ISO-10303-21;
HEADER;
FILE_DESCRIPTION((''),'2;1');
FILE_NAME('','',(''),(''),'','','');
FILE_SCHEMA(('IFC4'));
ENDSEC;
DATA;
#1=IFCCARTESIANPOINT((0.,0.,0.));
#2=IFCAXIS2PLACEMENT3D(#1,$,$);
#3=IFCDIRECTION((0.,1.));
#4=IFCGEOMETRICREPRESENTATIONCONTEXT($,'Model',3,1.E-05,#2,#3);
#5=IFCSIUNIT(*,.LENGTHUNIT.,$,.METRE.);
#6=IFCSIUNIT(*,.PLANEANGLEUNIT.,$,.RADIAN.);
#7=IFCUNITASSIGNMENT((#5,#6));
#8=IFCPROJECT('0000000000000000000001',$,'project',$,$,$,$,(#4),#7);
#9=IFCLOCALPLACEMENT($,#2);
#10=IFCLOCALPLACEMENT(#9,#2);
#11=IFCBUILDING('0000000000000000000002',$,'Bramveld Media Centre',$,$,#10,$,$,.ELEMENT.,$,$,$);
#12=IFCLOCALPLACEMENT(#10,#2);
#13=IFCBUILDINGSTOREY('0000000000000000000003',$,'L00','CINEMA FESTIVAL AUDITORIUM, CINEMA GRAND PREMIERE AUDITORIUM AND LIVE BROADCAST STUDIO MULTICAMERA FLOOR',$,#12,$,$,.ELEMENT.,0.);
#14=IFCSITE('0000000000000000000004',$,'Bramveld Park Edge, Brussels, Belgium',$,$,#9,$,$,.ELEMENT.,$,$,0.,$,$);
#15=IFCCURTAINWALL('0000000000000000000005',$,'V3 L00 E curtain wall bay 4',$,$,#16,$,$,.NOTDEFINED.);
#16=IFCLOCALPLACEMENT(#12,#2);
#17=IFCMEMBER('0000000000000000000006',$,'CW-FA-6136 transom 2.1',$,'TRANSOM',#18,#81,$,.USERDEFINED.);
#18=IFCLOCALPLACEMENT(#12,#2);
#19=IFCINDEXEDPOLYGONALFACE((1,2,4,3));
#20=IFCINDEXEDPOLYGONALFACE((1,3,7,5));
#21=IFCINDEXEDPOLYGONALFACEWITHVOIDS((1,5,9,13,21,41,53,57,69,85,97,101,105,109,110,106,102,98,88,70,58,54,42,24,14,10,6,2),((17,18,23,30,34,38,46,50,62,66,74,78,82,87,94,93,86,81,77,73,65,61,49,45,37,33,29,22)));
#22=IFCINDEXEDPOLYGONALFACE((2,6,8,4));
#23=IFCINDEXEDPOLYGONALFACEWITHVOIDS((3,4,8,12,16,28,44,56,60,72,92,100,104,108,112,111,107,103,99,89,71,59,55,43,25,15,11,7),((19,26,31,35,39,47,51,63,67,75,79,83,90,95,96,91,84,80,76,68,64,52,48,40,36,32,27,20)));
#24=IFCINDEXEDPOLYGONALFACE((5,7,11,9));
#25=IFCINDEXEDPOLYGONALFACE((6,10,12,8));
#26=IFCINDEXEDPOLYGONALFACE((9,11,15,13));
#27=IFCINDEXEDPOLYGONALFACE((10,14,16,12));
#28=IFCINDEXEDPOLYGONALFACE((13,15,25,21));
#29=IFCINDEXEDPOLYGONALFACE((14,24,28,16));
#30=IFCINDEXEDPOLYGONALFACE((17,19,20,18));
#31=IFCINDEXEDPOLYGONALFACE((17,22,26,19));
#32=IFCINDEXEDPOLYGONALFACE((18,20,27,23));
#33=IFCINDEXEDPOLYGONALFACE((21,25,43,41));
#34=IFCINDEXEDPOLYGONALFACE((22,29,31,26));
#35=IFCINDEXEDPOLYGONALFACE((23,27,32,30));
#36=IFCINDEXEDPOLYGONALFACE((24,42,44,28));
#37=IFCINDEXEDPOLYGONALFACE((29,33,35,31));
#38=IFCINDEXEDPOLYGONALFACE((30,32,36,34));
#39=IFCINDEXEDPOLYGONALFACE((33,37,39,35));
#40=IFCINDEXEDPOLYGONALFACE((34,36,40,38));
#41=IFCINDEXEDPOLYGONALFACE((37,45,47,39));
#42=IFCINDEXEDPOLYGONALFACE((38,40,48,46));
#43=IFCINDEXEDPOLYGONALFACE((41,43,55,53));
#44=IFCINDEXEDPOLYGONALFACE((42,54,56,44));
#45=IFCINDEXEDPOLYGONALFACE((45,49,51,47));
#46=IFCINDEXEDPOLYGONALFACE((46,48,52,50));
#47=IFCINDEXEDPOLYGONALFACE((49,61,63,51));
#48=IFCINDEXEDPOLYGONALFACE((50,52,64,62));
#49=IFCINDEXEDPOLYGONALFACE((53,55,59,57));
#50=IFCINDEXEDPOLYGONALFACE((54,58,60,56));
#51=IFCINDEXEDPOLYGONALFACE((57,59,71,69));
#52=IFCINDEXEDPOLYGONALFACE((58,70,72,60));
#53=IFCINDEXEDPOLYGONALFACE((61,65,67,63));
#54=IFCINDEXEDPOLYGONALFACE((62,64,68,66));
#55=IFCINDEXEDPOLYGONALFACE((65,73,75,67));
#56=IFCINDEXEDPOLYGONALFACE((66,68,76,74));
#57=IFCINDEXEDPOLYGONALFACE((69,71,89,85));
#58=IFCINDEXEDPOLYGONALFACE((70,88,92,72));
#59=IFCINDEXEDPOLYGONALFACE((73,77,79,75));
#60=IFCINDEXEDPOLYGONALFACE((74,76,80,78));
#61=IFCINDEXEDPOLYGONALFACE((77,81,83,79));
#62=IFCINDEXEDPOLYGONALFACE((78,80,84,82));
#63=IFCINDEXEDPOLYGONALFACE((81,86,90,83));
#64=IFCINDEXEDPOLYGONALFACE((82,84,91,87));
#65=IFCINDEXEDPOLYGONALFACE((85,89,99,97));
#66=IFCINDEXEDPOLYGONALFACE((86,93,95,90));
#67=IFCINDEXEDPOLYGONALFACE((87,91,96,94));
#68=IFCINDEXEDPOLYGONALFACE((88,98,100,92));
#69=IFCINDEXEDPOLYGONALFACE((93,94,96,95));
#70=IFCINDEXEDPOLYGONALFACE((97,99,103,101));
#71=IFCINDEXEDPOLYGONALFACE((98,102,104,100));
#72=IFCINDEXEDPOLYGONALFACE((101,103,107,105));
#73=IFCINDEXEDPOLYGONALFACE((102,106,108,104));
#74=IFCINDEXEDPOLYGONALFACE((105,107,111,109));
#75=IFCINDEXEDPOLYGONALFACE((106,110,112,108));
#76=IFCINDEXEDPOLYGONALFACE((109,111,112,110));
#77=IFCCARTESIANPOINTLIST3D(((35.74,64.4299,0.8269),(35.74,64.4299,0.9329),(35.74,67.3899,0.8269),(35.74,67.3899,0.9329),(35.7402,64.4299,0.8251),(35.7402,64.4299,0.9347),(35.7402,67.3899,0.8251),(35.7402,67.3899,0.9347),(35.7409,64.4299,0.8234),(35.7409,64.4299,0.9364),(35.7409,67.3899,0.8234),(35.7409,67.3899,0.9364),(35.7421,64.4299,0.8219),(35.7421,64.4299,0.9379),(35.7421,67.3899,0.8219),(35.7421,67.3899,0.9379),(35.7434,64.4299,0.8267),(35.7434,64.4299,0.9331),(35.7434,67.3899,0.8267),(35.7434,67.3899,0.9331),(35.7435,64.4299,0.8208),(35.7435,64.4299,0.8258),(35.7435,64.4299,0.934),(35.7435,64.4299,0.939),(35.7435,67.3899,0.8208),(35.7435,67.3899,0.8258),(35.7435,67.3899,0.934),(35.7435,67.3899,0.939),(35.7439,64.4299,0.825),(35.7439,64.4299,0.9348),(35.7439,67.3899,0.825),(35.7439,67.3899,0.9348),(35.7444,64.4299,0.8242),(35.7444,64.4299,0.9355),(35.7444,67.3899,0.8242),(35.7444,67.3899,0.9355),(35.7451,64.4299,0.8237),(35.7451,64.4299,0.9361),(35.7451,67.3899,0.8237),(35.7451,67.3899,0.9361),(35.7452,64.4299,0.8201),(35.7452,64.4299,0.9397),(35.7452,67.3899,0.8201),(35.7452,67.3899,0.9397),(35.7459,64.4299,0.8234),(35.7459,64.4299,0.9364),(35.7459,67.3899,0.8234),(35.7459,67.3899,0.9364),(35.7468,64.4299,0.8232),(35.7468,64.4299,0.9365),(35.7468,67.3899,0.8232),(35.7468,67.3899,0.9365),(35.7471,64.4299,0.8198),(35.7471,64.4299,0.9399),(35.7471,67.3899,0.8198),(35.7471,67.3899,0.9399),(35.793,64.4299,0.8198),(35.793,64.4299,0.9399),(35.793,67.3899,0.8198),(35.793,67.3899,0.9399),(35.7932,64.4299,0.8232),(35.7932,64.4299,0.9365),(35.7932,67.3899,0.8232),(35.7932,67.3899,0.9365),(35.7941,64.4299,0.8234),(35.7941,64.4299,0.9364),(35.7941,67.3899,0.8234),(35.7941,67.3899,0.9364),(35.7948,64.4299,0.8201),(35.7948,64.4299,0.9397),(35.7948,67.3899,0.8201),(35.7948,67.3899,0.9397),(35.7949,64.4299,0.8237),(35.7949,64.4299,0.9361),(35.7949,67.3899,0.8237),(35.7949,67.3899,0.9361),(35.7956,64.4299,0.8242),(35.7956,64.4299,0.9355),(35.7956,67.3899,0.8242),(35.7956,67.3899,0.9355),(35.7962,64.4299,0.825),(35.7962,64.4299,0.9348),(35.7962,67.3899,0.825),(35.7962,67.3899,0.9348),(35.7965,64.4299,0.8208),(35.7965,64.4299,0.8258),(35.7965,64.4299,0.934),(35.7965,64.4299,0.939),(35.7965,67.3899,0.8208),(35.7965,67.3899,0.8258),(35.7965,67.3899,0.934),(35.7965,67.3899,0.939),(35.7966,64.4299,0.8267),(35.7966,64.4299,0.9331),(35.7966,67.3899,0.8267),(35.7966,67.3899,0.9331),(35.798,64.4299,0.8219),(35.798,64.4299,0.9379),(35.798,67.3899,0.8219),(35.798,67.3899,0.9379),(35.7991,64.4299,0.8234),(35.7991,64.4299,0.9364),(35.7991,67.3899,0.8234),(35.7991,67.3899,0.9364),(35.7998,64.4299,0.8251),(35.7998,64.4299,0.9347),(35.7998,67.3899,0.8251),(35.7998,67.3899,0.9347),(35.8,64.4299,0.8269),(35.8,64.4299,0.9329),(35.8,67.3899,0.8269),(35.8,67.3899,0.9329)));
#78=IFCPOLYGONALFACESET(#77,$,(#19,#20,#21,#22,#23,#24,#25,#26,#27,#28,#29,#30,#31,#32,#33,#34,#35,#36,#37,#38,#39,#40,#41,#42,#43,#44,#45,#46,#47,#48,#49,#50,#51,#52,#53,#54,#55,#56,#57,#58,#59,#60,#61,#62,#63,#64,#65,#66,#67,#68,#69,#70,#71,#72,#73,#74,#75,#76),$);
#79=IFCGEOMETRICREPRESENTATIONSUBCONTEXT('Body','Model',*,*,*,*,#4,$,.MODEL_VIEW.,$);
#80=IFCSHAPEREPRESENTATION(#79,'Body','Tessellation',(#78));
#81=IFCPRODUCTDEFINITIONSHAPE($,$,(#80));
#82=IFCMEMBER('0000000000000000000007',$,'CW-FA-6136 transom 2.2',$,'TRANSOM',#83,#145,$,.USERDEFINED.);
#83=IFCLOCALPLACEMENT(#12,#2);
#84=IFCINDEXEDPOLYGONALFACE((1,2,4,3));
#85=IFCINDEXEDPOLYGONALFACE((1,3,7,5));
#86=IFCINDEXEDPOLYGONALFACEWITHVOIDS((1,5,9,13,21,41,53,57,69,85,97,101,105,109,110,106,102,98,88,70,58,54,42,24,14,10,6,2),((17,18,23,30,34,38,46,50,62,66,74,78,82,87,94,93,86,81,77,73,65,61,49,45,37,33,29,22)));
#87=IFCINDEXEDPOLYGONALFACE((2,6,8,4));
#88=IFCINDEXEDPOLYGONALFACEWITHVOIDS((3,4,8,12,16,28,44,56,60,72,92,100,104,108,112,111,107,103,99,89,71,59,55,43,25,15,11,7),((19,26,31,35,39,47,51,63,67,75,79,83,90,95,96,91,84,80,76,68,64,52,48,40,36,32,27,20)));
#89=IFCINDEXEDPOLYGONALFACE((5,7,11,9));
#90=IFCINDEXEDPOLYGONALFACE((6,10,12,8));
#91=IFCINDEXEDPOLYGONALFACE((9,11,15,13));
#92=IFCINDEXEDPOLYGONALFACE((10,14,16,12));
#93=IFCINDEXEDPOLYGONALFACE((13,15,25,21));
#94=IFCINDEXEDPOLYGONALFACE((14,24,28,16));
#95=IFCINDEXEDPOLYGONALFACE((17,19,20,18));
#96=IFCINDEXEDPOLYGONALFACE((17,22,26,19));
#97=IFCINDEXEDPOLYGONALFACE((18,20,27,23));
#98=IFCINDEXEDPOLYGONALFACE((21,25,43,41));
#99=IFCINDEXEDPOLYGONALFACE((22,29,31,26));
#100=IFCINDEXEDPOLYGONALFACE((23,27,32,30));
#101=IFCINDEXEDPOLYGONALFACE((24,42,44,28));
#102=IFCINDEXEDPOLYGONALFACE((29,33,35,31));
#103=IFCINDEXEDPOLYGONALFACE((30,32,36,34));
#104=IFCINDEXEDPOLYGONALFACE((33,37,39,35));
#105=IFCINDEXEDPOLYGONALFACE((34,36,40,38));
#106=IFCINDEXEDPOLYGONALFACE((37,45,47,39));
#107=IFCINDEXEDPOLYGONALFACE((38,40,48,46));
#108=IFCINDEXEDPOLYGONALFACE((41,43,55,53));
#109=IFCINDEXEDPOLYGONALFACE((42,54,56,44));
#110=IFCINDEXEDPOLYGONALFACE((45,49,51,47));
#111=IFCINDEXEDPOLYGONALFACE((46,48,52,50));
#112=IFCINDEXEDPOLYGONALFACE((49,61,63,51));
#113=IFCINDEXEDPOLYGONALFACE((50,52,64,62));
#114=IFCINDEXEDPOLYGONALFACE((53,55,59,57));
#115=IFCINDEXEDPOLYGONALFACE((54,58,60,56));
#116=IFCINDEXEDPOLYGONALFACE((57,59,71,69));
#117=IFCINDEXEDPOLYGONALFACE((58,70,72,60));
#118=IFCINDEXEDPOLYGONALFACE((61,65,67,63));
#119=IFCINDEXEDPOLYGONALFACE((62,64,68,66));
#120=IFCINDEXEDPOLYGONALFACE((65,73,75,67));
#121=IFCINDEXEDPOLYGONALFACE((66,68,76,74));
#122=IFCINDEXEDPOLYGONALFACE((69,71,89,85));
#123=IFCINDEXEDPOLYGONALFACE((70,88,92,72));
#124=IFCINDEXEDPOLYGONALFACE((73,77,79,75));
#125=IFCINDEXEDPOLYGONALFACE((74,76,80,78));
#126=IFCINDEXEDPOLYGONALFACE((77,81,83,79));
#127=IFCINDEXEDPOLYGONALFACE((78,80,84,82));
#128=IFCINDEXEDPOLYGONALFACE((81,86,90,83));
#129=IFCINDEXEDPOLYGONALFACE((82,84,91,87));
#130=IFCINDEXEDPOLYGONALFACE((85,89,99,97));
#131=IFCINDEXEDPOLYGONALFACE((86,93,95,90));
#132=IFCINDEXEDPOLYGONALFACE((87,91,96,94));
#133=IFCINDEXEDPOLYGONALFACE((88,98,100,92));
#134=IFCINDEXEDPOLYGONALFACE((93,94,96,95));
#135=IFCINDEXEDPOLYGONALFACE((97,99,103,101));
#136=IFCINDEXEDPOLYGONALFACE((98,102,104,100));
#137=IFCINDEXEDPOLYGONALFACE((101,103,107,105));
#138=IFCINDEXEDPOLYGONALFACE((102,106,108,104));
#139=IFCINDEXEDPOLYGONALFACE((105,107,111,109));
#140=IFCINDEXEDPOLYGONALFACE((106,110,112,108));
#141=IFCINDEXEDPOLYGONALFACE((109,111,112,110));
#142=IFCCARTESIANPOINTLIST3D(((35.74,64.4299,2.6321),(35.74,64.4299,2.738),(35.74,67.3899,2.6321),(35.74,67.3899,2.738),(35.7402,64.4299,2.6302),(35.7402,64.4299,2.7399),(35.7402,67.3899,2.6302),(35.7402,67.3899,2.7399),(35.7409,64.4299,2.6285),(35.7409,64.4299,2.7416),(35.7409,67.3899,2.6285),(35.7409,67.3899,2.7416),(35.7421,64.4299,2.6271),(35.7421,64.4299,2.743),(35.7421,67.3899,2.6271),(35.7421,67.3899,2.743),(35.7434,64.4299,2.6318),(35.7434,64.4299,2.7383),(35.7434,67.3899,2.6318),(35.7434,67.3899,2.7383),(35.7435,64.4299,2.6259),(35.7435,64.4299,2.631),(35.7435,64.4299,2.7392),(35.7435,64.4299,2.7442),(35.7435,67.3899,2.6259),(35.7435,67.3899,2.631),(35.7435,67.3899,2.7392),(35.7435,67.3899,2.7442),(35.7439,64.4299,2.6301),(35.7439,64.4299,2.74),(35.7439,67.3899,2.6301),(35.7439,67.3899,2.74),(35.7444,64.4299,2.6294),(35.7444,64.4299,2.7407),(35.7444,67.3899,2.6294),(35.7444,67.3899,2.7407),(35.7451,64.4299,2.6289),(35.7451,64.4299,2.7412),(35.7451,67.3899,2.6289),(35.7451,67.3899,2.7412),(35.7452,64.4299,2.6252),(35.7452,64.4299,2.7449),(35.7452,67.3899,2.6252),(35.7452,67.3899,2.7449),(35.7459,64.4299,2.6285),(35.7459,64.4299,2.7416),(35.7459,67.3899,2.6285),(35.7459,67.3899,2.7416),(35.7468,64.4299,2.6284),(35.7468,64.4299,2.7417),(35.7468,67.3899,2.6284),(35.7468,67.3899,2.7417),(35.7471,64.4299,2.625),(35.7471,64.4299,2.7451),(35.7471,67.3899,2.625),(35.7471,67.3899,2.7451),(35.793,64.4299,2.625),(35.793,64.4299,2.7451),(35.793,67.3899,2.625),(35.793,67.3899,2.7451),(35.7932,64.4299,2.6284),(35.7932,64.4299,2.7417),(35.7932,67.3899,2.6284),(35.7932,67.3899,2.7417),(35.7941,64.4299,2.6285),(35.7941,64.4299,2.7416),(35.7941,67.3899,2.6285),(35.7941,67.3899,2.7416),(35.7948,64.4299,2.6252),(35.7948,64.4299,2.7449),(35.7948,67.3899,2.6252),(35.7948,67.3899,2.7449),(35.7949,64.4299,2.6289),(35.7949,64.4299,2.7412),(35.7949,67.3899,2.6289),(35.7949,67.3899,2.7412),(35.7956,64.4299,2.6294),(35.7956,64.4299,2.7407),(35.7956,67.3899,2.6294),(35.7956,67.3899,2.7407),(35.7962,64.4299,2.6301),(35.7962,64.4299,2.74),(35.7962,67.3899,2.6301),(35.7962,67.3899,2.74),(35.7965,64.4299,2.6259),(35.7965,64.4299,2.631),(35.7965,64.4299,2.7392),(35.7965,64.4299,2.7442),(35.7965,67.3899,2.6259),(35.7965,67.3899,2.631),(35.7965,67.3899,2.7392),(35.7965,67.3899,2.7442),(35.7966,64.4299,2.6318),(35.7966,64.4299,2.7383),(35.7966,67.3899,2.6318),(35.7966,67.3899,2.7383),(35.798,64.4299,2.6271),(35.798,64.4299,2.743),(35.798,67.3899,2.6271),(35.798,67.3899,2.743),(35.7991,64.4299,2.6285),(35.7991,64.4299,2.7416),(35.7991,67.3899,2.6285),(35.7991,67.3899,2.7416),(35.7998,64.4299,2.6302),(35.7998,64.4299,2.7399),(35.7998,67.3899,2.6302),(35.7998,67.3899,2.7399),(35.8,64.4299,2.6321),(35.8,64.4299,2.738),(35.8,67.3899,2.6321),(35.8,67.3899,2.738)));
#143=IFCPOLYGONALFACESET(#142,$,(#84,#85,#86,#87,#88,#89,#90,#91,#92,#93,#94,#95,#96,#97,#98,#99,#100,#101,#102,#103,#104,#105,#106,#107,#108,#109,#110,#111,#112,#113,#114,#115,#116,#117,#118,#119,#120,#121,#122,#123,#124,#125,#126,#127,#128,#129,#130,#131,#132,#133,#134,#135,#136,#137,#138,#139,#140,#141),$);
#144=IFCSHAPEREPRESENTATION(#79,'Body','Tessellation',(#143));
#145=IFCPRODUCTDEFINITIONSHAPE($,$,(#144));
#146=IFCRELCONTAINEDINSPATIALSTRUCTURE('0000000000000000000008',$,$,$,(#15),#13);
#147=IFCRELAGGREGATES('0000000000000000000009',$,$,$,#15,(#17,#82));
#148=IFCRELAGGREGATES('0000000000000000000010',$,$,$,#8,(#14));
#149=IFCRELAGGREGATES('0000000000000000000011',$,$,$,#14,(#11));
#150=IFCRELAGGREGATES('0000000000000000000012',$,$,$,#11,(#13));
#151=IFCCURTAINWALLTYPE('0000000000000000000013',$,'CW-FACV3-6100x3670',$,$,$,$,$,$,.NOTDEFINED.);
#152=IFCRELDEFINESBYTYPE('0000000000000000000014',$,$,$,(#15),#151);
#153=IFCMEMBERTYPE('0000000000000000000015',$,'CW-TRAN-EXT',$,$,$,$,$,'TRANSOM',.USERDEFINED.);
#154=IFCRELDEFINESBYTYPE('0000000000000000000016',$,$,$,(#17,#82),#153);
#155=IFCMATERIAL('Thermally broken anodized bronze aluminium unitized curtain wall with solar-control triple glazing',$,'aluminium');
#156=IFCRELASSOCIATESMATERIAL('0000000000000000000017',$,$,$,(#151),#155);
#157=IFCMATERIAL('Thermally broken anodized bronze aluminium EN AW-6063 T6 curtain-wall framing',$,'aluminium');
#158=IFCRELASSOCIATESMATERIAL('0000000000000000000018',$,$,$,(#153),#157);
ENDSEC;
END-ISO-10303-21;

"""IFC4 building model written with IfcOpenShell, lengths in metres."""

from ifc_helpers import new_model, si_unit, direction, frame, origin, origin_2d, place, context, subcontext, project, spatial, hollow_rectangle, extrude, material, material_profile, profile_set, type_object, element, aggregate, save


model = new_model("IFC4")

# Units and contexts
model_context = context("Model", 3, precision=1e-05, world=origin(), true_north=direction((0.0, 1.0)))
body_context = subcontext(model_context, "Body", "Model", "MODEL_VIEW")
ifc_project = project(units=[si_unit("LENGTHUNIT", "METRE"), si_unit("PLANEANGLEUNIT", "RADIAN")], contexts=[model_context])

# Site, building, storey
site_placement = place(None, origin())
site = spatial("IfcSite", under=ifc_project, at=site_placement, Name="Bramveld Park Edge, Brussels, Belgium", CompositionType="ELEMENT", RefElevation=0.0)
building_placement = place(site_placement, origin())
building = spatial("IfcBuilding", under=site, at=building_placement, Name="Bramveld Media Centre", CompositionType="ELEMENT")
storey_placement = place(building_placement, origin())
storey = spatial("IfcBuildingStorey", under=building, at=storey_placement, Name="L00", Description="CINEMA FESTIVAL AUDITORIUM, CINEMA GRAND PREMIERE AUDITORIUM AND LIVE BROADCAST STUDIO MULTICAMERA FLOOR", CompositionType="ELEMENT", Elevation=0.0)

# Curtain wall, members
ifc_material_1 = material(Name="Thermally broken anodized bronze aluminium unitized curtain wall with solar-control triple glazing", Category="aluminium")
curtain_wall_type = type_object("IfcCurtainWallType", Name="CW-FACV3-6100x3670", PredefinedType="NOTDEFINED", material=ifc_material_1)
curtain_wall_placement = place(storey_placement, origin())
curtain_wall = element("IfcCurtainWall", 1, at=curtain_wall_placement, inside=storey, type_object=curtain_wall_type, Name="V3 L00 E curtain wall bay 4", PredefinedType="NOTDEFINED")
ifc_material_2 = material(Name="Thermally broken anodized bronze aluminium EN AW-6063 T6 curtain-wall framing", Category="aluminium")
ifc_material_profile_1 = material_profile(ifc_material_2, hollow_rectangle(XDim=0.0601, YDim=0.1201, WallThickness=0.0034, InnerFilletRadius=0.0034, OuterFilletRadius=0.0071, at=origin_2d()), Name="AL-TRAN 60x120")
ifc_profile_set_1 = profile_set([ifc_material_profile_1], Name="Thermally broken anodized bronze aluminium EN AW-6063 T6 curtain-wall framing")
member_type_1 = type_object("IfcMemberType", Name="CW-TRAN-EXT", ElementType="TRANSOM", PredefinedType="USERDEFINED", material=ifc_profile_set_1)
member_1_placement = place(storey_placement, frame((35.77, 64.4299, 0.8799), z_axis=(0.0, 1.0, 0.0), x_axis=(-1.0, 0.0, 0.0)))
member_1 = element("IfcMember", 2, at=member_1_placement, type_object=member_type_1, Name="CW-FA-6136 transom 2.1", ObjectType="TRANSOM", PredefinedType="USERDEFINED", context=body_context, shape_type="SweptSolid", body=[
    extrude(hollow_rectangle(XDim=0.0601, YDim=0.1201, WallThickness=0.0034, InnerFilletRadius=0.0034, OuterFilletRadius=0.0071, at=origin_2d()), origin(), (0.0, 0.0, 1.0), 2.96),
])
member_2_placement = place(storey_placement, frame((35.77, 64.4299, 2.6851), z_axis=(0.0, 1.0, 0.0), x_axis=(-1.0, 0.0, 0.0)))
member_2 = element("IfcMember", 3, at=member_2_placement, type_object=member_type_1, Name="CW-FA-6136 transom 2.2", ObjectType="TRANSOM", PredefinedType="USERDEFINED", context=body_context, shape_type="SweptSolid", body=[
    extrude(hollow_rectangle(XDim=0.0601, YDim=0.1201, WallThickness=0.0034, InnerFilletRadius=0.0034, OuterFilletRadius=0.0071, at=origin_2d()), origin(), (0.0, 0.0, 1.0), 2.96),
])

aggregate(curtain_wall, [member_1, member_2])

save(model, "model.ifc")
